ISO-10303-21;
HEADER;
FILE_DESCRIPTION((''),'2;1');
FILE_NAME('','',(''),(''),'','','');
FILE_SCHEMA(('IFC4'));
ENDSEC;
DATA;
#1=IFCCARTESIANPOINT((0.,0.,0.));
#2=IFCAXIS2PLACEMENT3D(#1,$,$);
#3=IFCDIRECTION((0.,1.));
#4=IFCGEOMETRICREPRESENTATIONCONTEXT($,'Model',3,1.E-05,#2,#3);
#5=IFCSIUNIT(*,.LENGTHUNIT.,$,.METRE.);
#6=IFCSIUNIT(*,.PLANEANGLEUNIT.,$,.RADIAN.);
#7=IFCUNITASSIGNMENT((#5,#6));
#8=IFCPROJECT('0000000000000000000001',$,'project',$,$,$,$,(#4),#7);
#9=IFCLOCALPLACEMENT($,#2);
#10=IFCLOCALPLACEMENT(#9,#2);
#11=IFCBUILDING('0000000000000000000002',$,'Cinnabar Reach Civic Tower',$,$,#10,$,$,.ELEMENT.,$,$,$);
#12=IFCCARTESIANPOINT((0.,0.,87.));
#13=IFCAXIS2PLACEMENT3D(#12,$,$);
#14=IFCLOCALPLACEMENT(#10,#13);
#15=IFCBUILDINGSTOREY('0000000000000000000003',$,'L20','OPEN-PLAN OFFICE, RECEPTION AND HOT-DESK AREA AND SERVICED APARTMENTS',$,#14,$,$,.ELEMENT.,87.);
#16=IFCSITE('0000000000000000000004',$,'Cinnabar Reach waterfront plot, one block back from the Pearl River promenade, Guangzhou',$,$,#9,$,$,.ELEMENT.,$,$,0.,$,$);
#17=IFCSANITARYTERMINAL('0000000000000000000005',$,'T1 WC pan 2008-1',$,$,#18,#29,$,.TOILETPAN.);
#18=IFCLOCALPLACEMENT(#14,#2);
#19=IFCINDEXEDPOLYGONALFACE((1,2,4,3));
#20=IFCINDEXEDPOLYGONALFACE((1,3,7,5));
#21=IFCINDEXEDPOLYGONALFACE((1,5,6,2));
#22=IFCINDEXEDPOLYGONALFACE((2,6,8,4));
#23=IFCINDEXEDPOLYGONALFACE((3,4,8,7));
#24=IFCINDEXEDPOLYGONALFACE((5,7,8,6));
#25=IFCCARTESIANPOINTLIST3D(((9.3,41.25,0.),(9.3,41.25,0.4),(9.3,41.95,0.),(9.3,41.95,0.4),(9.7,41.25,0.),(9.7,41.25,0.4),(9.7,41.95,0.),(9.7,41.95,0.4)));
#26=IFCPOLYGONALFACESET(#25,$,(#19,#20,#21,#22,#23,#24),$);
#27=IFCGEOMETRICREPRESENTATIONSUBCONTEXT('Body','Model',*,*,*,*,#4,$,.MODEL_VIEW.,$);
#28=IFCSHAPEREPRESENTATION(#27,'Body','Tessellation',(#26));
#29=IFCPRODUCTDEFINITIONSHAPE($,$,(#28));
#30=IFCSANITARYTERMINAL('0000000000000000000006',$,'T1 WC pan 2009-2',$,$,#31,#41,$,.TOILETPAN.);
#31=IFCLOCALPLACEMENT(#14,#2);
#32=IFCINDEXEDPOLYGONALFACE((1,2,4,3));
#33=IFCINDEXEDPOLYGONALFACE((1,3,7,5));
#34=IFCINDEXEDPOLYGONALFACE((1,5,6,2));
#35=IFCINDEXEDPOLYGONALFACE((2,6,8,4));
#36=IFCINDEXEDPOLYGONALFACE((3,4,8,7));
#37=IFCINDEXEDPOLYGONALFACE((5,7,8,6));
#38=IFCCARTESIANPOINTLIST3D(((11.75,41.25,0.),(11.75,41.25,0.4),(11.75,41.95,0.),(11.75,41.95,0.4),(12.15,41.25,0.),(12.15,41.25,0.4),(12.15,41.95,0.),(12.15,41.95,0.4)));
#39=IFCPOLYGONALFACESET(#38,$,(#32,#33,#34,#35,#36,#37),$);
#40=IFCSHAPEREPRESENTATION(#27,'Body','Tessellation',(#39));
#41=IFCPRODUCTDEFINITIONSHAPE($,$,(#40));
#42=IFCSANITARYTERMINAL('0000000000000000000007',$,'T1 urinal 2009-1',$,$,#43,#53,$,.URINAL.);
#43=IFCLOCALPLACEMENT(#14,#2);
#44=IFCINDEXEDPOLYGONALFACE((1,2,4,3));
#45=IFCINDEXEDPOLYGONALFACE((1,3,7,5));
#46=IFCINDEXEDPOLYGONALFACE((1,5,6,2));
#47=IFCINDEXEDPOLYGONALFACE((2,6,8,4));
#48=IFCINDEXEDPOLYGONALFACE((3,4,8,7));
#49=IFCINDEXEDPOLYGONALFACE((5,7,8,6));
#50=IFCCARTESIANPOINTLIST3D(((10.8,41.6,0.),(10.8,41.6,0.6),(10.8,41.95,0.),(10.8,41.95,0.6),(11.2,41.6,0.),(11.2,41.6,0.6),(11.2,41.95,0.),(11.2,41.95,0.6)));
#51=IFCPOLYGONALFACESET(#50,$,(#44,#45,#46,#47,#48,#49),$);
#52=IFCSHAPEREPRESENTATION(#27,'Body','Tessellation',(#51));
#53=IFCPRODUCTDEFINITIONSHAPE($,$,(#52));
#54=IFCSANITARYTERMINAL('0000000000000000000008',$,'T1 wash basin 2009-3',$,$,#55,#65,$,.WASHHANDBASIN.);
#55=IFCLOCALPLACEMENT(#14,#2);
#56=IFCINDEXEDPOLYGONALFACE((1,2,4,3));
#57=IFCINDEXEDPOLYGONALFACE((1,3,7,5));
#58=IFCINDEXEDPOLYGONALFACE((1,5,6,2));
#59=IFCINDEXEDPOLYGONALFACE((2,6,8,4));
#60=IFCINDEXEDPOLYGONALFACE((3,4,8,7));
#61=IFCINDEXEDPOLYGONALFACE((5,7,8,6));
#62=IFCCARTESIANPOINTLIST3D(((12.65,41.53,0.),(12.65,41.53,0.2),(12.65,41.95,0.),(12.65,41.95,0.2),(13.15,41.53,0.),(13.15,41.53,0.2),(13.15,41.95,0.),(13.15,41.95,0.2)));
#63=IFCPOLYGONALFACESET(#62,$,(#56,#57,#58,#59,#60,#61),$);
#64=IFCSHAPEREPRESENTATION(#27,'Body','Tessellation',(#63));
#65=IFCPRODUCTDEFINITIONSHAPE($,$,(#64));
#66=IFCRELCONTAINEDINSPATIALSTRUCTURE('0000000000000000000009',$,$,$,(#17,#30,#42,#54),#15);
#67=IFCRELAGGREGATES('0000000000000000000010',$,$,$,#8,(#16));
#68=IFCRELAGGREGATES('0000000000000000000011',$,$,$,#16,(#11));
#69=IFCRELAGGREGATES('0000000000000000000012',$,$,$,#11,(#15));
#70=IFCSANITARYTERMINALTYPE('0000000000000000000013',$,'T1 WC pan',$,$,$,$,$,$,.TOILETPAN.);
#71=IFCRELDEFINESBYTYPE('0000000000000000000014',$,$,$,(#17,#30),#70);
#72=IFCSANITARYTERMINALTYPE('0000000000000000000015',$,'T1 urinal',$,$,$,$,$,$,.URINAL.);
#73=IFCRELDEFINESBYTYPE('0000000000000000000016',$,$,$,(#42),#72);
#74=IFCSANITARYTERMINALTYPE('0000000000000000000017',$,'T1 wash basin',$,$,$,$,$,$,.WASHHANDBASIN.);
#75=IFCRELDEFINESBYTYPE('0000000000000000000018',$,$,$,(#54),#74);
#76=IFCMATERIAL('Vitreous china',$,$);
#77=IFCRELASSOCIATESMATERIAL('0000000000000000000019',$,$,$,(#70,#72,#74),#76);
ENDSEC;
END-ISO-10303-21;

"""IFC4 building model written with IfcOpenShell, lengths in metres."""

from ifc_helpers import new_model, si_unit, direction, frame, origin, origin_2d, place, context, subcontext, project, spatial, rectangle, extrude, material, type_object, element, save


model = new_model("IFC4")

# Units and contexts
model_context = context("Model", 3, precision=1e-05, world=origin(), true_north=direction((0.0, 1.0)))
body_context = subcontext(model_context, "Body", "Model", "MODEL_VIEW")
ifc_project = project(units=[si_unit("LENGTHUNIT", "METRE"), si_unit("PLANEANGLEUNIT", "RADIAN")], contexts=[model_context])

# Site, building, storey
site_placement = place(None, origin())
site = spatial("IfcSite", under=ifc_project, at=site_placement, Name="Cinnabar Reach waterfront plot, one block back from the Pearl River promenade, Guangzhou", CompositionType="ELEMENT", RefElevation=0.0)
building_placement = place(site_placement, origin())
building = spatial("IfcBuilding", under=site, at=building_placement, Name="Cinnabar Reach Civic Tower", CompositionType="ELEMENT")
storey_placement = place(building_placement, frame((0.0, 0.0, 87.0)))
storey = spatial("IfcBuildingStorey", under=building, at=storey_placement, Name="L20", Description="OPEN-PLAN OFFICE, RECEPTION AND HOT-DESK AREA AND SERVICED APARTMENTS", CompositionType="ELEMENT", Elevation=87.0)

# Sanitary terminals
ifc_material_1 = material(Name="Vitreous china")
sanitary_terminal_type_1 = type_object("IfcSanitaryTerminalType", Name="T1 WC pan", PredefinedType="TOILETPAN", material=ifc_material_1)
for number, where, z_axis, x_axis, name in (
    (1, (9.5, 41.6, 0.0), (0.0, 0.0, 1.0), (1.0, 0.0, 0.0), "T1 WC pan 2008-1"),
    (2, (11.95, 41.6, 0.0), (0.0, 0.0, 1.0), (1.0, 0.0, 0.0), "T1 WC pan 2009-2"),
):
    element("IfcSanitaryTerminal", number, at=place(storey_placement, frame(where, z_axis=z_axis, x_axis=x_axis)), inside=storey, type_object=sanitary_terminal_type_1, Name=name, PredefinedType="TOILETPAN", context=body_context, shape_type="SweptSolid", body=[
        extrude(rectangle(XDim=0.4, YDim=0.7, at=origin_2d()), origin(), (0.0, 0.0, 1.0), 0.4),
    ])
sanitary_terminal_type_2 = type_object("IfcSanitaryTerminalType", Name="T1 urinal", PredefinedType="URINAL", material=ifc_material_1)
sanitary_terminal_1_placement = place(storey_placement, frame((11.0, 41.775, 0.0), z_axis=(0.0, 0.0, 1.0), x_axis=(1.0, 0.0, 0.0)))
element("IfcSanitaryTerminal", 3, at=sanitary_terminal_1_placement, inside=storey, type_object=sanitary_terminal_type_2, Name="T1 urinal 2009-1", PredefinedType="URINAL", context=body_context, shape_type="SweptSolid", body=[
    extrude(rectangle(XDim=0.4, YDim=0.35, at=origin_2d()), origin(), (0.0, 0.0, 1.0), 0.6),
])
sanitary_terminal_type_3 = type_object("IfcSanitaryTerminalType", Name="T1 wash basin", PredefinedType="WASHHANDBASIN", material=ifc_material_1)
sanitary_terminal_2_placement = place(storey_placement, frame((12.9, 41.74, 0.0), z_axis=(0.0, 0.0, 1.0), x_axis=(1.0, 0.0, 0.0)))
element("IfcSanitaryTerminal", 4, at=sanitary_terminal_2_placement, inside=storey, type_object=sanitary_terminal_type_3, Name="T1 wash basin 2009-3", PredefinedType="WASHHANDBASIN", context=body_context, shape_type="SweptSolid", body=[
    extrude(rectangle(XDim=0.5, YDim=0.42, at=origin_2d()), origin(), (0.0, 0.0, 1.0), 0.2),
])

save(model, "model.ifc")
